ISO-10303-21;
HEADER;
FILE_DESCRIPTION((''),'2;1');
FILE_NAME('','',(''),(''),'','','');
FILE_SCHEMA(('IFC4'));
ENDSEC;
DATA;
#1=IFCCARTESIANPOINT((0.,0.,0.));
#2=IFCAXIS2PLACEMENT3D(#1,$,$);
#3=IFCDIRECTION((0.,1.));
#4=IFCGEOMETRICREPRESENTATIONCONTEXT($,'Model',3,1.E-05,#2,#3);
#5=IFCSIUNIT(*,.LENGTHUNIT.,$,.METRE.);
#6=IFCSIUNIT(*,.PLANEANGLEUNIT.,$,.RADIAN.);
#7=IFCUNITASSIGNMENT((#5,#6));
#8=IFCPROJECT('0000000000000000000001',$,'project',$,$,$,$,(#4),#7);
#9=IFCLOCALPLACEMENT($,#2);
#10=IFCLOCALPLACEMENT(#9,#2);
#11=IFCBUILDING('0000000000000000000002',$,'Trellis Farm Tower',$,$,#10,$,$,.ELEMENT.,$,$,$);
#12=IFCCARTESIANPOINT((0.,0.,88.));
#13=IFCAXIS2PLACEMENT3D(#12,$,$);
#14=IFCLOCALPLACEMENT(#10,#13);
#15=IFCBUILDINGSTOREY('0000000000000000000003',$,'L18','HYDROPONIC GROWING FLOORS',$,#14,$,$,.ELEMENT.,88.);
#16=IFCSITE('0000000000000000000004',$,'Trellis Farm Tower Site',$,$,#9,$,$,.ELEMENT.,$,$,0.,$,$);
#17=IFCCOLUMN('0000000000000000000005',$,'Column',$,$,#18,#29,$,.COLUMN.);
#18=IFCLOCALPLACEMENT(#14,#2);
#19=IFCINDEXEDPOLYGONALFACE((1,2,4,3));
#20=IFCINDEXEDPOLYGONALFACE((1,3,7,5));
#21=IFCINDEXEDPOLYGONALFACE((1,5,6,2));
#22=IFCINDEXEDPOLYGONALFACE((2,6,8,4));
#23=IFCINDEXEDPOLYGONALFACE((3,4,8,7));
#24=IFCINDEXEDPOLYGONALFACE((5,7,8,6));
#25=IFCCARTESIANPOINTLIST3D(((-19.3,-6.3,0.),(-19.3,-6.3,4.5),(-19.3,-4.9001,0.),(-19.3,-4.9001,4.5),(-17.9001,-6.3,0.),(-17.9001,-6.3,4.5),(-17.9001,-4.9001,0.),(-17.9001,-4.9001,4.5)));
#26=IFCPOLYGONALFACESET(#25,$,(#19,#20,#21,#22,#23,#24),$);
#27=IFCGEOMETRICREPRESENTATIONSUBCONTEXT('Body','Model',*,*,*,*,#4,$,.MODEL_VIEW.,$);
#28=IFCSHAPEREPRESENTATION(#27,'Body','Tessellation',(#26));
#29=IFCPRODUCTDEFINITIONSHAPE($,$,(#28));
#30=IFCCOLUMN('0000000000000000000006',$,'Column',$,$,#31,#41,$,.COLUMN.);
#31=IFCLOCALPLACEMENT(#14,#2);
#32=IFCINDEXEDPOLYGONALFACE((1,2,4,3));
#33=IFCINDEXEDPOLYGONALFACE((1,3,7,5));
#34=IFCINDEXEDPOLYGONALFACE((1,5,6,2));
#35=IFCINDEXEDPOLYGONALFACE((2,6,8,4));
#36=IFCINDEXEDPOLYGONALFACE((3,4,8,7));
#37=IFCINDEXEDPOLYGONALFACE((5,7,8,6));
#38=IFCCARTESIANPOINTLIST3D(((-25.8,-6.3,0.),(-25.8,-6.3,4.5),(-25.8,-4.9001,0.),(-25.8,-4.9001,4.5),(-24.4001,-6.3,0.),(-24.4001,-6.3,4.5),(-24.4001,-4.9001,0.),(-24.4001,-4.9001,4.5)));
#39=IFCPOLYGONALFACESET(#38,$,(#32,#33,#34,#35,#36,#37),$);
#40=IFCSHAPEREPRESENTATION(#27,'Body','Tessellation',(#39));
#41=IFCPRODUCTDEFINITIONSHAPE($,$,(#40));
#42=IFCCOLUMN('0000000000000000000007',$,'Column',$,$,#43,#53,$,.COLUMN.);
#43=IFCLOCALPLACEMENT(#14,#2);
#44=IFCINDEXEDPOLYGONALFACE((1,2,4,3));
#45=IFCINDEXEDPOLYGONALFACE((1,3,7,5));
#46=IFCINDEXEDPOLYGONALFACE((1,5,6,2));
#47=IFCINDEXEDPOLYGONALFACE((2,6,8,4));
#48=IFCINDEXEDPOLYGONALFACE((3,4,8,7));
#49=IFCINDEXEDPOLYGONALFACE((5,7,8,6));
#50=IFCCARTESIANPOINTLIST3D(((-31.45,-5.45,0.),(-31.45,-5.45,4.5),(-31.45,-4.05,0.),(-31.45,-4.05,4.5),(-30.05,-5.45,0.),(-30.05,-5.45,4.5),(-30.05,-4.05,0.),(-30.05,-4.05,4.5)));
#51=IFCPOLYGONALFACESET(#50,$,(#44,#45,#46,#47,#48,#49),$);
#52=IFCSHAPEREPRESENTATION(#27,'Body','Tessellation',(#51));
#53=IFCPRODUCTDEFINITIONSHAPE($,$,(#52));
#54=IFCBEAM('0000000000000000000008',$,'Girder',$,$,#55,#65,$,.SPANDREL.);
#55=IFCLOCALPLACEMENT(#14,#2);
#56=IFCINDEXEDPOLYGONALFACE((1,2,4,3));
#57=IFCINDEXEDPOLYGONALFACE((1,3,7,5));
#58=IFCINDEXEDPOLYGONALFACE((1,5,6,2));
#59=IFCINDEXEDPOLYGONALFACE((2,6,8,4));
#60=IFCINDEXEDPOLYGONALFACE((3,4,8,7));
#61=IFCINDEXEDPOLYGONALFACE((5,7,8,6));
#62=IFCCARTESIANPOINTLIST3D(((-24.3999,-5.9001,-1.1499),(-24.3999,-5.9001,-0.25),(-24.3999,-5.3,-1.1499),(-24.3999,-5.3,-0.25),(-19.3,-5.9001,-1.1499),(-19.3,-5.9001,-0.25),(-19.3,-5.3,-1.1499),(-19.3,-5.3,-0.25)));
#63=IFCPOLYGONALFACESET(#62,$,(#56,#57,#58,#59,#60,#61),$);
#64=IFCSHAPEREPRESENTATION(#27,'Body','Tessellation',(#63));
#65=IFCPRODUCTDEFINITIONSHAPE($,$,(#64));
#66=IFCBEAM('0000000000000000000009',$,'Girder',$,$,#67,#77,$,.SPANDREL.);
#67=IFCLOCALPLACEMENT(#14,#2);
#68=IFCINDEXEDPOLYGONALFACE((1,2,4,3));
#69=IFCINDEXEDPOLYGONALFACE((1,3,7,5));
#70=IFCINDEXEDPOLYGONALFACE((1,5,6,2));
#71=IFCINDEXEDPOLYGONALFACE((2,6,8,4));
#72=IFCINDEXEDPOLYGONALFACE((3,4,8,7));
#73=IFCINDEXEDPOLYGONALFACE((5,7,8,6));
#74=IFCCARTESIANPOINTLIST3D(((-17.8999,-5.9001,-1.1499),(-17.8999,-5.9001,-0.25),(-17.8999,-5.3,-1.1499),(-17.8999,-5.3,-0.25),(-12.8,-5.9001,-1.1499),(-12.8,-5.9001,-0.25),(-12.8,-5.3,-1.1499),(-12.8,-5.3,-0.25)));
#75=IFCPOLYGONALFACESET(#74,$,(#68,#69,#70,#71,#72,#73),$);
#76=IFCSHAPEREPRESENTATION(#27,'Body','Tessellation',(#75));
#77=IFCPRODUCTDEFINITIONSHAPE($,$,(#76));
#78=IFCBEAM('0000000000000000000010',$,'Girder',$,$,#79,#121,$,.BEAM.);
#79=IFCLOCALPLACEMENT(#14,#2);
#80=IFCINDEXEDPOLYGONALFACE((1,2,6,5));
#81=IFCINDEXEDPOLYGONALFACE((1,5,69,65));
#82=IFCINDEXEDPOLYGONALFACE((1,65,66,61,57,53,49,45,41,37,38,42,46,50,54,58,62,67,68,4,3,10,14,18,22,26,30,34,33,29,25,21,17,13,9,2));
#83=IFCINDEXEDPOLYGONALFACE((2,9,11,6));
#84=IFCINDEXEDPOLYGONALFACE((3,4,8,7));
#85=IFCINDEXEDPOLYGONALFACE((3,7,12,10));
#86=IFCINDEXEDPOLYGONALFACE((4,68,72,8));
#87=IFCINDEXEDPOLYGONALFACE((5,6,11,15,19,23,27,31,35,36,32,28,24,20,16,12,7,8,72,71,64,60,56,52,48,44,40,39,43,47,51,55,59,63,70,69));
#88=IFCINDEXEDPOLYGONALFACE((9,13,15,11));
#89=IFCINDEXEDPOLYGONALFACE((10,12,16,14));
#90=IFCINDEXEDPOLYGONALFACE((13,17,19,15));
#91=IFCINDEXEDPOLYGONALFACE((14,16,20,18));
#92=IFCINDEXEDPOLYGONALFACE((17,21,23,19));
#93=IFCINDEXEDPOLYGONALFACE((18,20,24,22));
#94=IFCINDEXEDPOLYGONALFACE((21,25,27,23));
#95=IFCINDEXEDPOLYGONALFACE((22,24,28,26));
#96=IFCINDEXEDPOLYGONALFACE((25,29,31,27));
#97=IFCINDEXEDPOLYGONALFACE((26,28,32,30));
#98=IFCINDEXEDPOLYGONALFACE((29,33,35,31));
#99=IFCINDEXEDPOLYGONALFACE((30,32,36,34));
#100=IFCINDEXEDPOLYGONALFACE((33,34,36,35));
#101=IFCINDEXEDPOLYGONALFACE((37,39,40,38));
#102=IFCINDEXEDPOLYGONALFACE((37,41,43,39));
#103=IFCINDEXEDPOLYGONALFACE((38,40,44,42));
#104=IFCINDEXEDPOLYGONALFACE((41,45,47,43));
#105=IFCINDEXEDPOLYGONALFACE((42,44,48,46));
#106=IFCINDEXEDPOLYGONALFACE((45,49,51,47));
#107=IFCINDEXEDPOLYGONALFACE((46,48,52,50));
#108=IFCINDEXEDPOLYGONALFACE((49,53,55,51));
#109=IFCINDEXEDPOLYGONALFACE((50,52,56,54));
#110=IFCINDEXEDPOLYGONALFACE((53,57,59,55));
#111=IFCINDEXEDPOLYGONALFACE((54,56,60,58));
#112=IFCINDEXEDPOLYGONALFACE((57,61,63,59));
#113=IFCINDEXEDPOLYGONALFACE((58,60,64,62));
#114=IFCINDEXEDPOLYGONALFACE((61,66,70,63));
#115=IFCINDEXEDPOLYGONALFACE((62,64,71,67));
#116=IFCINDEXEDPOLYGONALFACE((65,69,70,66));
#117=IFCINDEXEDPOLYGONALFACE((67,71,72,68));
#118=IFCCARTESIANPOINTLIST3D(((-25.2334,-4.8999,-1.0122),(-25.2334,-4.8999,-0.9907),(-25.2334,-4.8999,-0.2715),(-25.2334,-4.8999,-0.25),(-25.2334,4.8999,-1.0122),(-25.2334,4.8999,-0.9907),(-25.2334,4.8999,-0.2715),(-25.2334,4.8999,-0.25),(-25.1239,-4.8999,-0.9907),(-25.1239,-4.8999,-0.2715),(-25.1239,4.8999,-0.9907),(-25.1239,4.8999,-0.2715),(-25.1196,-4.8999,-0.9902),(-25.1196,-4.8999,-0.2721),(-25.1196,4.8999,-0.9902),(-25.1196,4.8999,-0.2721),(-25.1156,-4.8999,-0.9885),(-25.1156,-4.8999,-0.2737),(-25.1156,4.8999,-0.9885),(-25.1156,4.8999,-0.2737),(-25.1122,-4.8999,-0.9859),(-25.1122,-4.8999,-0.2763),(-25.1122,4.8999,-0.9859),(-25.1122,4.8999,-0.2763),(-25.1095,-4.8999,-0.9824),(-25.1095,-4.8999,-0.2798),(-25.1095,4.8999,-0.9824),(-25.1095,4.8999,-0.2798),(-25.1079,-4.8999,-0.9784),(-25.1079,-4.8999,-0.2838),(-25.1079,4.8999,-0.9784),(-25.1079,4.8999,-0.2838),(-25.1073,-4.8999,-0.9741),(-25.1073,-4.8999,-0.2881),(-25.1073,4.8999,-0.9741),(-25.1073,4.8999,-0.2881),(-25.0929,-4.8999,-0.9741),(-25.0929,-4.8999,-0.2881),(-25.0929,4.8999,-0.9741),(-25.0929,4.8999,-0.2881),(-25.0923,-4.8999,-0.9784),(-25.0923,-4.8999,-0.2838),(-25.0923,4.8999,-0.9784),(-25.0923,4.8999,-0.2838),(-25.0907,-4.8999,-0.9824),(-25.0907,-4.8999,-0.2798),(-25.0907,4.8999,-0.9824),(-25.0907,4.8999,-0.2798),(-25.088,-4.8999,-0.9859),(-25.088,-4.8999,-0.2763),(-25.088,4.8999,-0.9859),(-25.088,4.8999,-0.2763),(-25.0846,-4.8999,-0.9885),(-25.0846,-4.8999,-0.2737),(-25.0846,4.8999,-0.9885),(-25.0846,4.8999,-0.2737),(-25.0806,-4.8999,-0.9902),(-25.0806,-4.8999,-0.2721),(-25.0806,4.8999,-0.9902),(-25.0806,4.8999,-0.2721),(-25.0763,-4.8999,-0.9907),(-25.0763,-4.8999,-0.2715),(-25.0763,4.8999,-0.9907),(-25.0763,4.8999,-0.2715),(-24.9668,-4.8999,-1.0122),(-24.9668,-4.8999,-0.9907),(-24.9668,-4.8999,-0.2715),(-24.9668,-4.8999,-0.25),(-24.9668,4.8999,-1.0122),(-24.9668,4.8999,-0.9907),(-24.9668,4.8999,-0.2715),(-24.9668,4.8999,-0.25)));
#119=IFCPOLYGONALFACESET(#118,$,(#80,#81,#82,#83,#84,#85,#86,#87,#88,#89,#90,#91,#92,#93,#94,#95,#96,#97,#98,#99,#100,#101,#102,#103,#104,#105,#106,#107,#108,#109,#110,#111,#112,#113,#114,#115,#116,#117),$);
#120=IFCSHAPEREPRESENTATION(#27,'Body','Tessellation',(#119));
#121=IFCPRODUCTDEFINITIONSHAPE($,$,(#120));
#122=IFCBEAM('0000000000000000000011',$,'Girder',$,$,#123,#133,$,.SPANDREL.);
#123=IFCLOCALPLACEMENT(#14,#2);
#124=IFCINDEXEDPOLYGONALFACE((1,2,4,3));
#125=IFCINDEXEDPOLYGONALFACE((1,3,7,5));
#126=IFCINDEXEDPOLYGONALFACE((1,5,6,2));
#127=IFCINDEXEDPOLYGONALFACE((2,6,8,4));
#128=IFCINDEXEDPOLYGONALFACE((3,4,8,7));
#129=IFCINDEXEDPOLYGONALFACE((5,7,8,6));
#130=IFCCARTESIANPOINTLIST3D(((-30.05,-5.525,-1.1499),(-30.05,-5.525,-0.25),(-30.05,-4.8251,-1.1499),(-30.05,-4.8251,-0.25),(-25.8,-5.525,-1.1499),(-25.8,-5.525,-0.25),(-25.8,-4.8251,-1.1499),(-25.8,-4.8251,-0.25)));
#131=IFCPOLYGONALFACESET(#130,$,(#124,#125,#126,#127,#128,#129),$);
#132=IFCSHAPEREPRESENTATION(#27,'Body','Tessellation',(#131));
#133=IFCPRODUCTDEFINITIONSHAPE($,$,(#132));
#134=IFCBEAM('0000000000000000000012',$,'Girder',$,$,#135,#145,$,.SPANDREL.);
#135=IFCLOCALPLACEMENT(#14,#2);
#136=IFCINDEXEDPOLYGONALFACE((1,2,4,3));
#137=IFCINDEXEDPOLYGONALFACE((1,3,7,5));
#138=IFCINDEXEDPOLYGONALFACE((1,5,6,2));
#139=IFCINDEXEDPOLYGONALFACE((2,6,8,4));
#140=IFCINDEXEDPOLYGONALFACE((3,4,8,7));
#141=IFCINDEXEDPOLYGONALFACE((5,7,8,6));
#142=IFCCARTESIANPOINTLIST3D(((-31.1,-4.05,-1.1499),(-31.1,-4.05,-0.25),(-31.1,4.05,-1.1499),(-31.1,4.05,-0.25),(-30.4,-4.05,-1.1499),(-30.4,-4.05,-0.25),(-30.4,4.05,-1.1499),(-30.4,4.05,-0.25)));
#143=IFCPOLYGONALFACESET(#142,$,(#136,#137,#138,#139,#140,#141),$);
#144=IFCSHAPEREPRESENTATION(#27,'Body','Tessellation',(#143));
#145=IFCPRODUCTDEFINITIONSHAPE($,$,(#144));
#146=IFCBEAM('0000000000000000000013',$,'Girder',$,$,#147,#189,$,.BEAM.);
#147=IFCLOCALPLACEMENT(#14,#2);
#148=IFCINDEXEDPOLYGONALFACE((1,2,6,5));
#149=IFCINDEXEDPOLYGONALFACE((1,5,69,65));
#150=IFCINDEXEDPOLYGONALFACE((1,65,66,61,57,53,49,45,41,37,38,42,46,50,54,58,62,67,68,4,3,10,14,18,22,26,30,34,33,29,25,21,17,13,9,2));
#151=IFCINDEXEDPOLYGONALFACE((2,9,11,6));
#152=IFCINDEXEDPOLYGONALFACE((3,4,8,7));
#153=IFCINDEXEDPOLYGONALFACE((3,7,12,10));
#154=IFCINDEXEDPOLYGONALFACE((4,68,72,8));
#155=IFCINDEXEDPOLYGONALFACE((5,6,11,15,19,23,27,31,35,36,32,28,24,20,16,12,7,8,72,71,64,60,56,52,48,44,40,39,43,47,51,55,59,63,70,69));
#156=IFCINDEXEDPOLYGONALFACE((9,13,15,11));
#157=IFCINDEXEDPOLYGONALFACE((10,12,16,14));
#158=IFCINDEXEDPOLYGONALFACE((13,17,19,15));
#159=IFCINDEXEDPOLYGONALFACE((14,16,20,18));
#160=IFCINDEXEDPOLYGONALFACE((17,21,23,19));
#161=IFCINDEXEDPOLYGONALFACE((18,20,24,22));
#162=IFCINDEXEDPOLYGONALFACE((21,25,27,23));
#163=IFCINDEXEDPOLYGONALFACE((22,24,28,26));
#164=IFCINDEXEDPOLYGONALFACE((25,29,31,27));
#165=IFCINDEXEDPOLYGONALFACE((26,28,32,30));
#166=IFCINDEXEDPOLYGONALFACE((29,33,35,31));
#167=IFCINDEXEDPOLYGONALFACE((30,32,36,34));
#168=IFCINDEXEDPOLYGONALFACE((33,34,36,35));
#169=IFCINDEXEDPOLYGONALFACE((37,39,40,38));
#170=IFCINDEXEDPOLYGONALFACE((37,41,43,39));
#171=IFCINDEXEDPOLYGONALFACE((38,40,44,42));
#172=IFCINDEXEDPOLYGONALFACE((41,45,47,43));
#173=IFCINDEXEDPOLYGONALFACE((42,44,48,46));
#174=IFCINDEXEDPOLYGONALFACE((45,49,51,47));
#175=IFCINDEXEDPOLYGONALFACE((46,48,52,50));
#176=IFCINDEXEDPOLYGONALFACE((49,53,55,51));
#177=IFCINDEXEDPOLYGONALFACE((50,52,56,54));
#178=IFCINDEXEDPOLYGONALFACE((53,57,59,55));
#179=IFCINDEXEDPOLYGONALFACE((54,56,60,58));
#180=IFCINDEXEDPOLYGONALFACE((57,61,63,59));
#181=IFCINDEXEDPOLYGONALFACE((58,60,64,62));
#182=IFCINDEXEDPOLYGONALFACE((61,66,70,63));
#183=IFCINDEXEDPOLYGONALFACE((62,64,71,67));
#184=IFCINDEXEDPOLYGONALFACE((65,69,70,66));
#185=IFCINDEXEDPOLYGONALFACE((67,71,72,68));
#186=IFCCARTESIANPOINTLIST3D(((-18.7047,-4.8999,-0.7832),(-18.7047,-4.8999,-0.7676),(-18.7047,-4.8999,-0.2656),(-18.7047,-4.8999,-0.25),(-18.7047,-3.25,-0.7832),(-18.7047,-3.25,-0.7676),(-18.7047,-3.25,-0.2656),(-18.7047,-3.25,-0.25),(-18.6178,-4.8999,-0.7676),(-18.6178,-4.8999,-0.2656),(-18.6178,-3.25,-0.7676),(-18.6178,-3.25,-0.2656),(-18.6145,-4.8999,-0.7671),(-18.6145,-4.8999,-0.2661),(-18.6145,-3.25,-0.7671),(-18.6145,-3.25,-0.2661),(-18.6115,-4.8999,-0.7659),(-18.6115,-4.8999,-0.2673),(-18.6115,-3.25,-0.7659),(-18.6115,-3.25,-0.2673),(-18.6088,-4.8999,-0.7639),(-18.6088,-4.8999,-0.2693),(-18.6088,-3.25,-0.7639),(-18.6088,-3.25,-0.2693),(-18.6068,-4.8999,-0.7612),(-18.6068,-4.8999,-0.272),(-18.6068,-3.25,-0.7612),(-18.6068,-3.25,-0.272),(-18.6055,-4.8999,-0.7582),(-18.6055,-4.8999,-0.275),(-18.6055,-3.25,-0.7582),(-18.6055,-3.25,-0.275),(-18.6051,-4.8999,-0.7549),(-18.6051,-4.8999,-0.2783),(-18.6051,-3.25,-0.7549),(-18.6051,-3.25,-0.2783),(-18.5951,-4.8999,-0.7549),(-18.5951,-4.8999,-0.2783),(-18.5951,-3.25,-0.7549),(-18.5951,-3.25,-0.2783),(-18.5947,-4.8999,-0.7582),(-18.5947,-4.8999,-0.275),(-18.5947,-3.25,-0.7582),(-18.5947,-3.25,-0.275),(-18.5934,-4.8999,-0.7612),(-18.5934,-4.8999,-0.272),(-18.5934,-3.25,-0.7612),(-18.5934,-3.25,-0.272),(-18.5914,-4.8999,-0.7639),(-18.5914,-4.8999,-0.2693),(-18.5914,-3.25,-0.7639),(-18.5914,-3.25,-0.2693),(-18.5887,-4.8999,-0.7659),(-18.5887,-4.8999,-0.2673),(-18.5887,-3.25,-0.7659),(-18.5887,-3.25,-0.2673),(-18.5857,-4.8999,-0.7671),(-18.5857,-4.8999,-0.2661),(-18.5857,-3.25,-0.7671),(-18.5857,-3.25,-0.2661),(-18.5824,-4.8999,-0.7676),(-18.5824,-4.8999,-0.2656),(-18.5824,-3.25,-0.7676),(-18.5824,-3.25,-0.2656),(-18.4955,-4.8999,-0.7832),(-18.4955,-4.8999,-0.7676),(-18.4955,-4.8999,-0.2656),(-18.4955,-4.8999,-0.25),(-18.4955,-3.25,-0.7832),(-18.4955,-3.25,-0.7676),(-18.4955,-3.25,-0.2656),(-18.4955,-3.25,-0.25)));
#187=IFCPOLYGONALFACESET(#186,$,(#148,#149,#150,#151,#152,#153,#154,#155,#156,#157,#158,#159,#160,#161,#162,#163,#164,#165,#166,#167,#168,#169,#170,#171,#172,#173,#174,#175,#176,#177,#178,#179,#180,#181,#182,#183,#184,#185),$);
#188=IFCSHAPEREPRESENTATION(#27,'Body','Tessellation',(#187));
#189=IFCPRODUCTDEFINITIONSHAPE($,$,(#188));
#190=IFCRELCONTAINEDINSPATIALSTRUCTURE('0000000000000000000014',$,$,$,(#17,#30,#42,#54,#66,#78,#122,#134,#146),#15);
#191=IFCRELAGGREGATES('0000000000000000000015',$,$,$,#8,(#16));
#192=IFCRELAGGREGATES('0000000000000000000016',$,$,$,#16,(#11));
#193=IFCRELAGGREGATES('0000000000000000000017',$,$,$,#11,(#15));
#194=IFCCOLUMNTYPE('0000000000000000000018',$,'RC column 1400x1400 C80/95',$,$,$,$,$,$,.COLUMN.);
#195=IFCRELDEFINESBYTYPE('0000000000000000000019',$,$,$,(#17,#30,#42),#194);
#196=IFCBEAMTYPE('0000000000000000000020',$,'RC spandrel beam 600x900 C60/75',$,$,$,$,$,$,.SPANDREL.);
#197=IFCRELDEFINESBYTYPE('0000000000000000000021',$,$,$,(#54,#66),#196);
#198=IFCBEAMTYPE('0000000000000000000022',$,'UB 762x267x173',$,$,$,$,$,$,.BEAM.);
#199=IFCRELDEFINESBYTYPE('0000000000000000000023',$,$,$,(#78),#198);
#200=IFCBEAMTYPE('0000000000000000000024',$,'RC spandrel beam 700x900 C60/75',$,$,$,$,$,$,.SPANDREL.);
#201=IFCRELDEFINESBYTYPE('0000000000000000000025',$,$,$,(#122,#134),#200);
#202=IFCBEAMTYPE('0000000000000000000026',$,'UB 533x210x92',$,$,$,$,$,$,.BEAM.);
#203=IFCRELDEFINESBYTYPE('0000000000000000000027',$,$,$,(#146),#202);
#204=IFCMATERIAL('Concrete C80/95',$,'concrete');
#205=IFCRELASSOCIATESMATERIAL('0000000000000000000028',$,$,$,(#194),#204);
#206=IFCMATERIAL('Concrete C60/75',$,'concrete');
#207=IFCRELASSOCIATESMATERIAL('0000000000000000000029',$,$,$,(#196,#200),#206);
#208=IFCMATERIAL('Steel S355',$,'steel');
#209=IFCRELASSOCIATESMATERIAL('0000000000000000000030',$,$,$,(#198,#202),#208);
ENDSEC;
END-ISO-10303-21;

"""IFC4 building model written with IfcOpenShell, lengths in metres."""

from ifc_helpers import new_model, si_unit, direction, frame, origin, origin_2d, place, context, subcontext, project, spatial, rectangle, i_section, extrude, source, transform, mapped, material, material_profile, profile_set, type_object, element, save


model = new_model("IFC4")

# Units and contexts
model_context = context("Model", 3, precision=1e-05, world=origin(), true_north=direction((0.0, 1.0)))
body_context = subcontext(model_context, "Body", "Model", "MODEL_VIEW")
ifc_project = project(units=[si_unit("LENGTHUNIT", "METRE"), si_unit("PLANEANGLEUNIT", "RADIAN")], contexts=[model_context])

# Site, building, storey
site_placement = place(None, origin())
site = spatial("IfcSite", under=ifc_project, at=site_placement, Name="Trellis Farm Tower Site", CompositionType="ELEMENT", RefElevation=0.0)
building_placement = place(site_placement, origin())
building = spatial("IfcBuilding", under=site, at=building_placement, Name="Trellis Farm Tower", CompositionType="ELEMENT")
storey_placement = place(building_placement, frame((0.0, 0.0, 88.0)))
storey = spatial("IfcBuildingStorey", under=building, at=storey_placement, Name="L18", Description="HYDROPONIC GROWING FLOORS", CompositionType="ELEMENT", Elevation=88.0)

# Columns
ifc_material_1 = material(Name="Concrete C80/95", Category="concrete")
ifc_material_profile_1 = material_profile(ifc_material_1, rectangle(XDim=1.3999, YDim=1.3999, at=origin_2d()), Name="RC column 1400x1400 C80/95")
ifc_profile_set_1 = profile_set([ifc_material_profile_1], Name="Concrete C80/95")
column_type = type_object("IfcColumnType", Name="RC column 1400x1400 C80/95", PredefinedType="COLUMN", material=ifc_profile_set_1)
shared_shape_1 = source(origin(), body_context, "Body", "SweptSolid", [
    extrude(rectangle(XDim=1.3999, YDim=1.3999, at=origin_2d()), origin(), (0.0, 0.0, 1.0), 4.5),
])
for number, where, z_axis, x_axis, name in (
    (1, (-18.6001, -5.6001, 0.0), (0.0, 0.0, 1.0), (1.0, 0.0, 0.0), "Column"),
    (2, (-25.1001, -5.6001, 0.0), (0.0, 0.0, 1.0), (1.0, 0.0, 0.0), "Column"),
    (3, (-30.75, -4.75, 0.0), (0.0, 0.0, 1.0), (1.0, 0.0, 0.0), "Column"),
):
    element("IfcColumn", number, at=place(storey_placement, frame(where, z_axis=z_axis, x_axis=x_axis)), inside=storey, type_object=column_type, Name=name, PredefinedType="COLUMN", context=body_context, shape_type="MappedRepresentation", body=[
        mapped(shared_shape_1, transform((0.0, 0.0, 0.0))),
    ])

# Beams
ifc_material_2 = material(Name="Concrete C60/75", Category="concrete")
ifc_material_profile_2 = material_profile(ifc_material_2, rectangle(XDim=0.6001, YDim=0.8999, at=origin_2d()), Name="RC spandrel beam 600x900 C60/75")
ifc_profile_set_2 = profile_set([ifc_material_profile_2], Name="Concrete C60/75")
beam_type_1 = type_object("IfcBeamType", Name="RC spandrel beam 600x900 C60/75", PredefinedType="SPANDREL", material=ifc_profile_set_2)
shared_shape_2 = source(origin(), body_context, "Body", "SweptSolid", [
    extrude(rectangle(XDim=0.6001, YDim=0.8999, at=origin_2d()), origin(), (0.0, 0.0, 1.0), 5.0999),
])
for number, where, z_axis, x_axis, name in (
    (4, (-24.3999, -5.6001, -0.7), (1.0, 0.0, 0.0), (0.0, 1.0, 0.0), "Girder"),
    (5, (-17.8999, -5.6001, -0.7), (1.0, 0.0, 0.0), (0.0, 1.0, 0.0), "Girder"),
):
    element("IfcBeam", number, at=place(storey_placement, frame(where, z_axis=z_axis, x_axis=x_axis)), inside=storey, type_object=beam_type_1, Name=name, PredefinedType="SPANDREL", context=body_context, shape_type="MappedRepresentation", body=[
        mapped(shared_shape_2, transform((0.0, 0.0, 0.0))),
    ])
ifc_material_3 = material(Name="Steel S355", Category="steel")
ifc_material_profile_3 = material_profile(ifc_material_3, i_section(OverallWidth=0.2666, OverallDepth=0.7622, WebThickness=0.0144, FlangeThickness=0.0215, FilletRadius=0.0166, at=origin_2d()), Name="UB 762x267x173")
ifc_profile_set_3 = profile_set([ifc_material_profile_3], Name="Steel S355")
beam_type_2 = type_object("IfcBeamType", Name="UB 762x267x173", PredefinedType="BEAM", material=ifc_profile_set_3)
shared_shape_3 = source(origin(), body_context, "Body", "SweptSolid", [
    extrude(i_section(OverallWidth=0.2666, OverallDepth=0.7622, WebThickness=0.0144, FlangeThickness=0.0215, FilletRadius=0.0166, at=origin_2d()), origin(), (0.0, 0.0, 1.0), 9.7998),
])
beam_1_placement = place(storey_placement, frame((-25.1001, -4.8999, -0.6311), z_axis=(0.0, 1.0, 0.0), x_axis=(-1.0, 0.0, 0.0)))
element("IfcBeam", 6, at=beam_1_placement, inside=storey, type_object=beam_type_2, Name="Girder", PredefinedType="BEAM", context=body_context, shape_type="MappedRepresentation", body=[
    mapped(shared_shape_3, transform((0.0, 0.0, 0.0))),
])
ifc_material_profile_4 = material_profile(ifc_material_2, rectangle(XDim=0.7, YDim=0.8999, at=origin_2d()), Name="RC spandrel beam 700x900 C60/75")
ifc_profile_set_4 = profile_set([ifc_material_profile_4], Name="Concrete C60/75")
beam_type_3 = type_object("IfcBeamType", Name="RC spandrel beam 700x900 C60/75", PredefinedType="SPANDREL", material=ifc_profile_set_4)
shared_shape_4 = source(origin(), body_context, "Body", "SweptSolid", [
    extrude(rectangle(XDim=0.7, YDim=0.8999, at=origin_2d()), origin(), (0.0, 0.0, 1.0), 4.25),
])
beam_2_placement = place(storey_placement, frame((-30.05, -5.175, -0.7), z_axis=(1.0, 0.0, 0.0), x_axis=(0.0, 1.0, 0.0)))
element("IfcBeam", 7, at=beam_2_placement, inside=storey, type_object=beam_type_3, Name="Girder", PredefinedType="SPANDREL", context=body_context, shape_type="MappedRepresentation", body=[
    mapped(shared_shape_4, transform((0.0, 0.0, 0.0))),
])
shared_shape_5 = source(origin(), body_context, "Body", "SweptSolid", [
    extrude(rectangle(XDim=0.7, YDim=0.8999, at=origin_2d()), origin(), (0.0, 0.0, 1.0), 8.1001),
])
beam_3_placement = place(storey_placement, frame((-30.75, -4.05, -0.7), z_axis=(0.0, 1.0, 0.0), x_axis=(-1.0, 0.0, 0.0)))
element("IfcBeam", 8, at=beam_3_placement, inside=storey, type_object=beam_type_3, Name="Girder", PredefinedType="SPANDREL", context=body_context, shape_type="MappedRepresentation", body=[
    mapped(shared_shape_5, transform((0.0, 0.0, 0.0))),
])
ifc_material_profile_5 = material_profile(ifc_material_3, i_section(OverallWidth=0.2092, OverallDepth=0.5332, WebThickness=0.01, FlangeThickness=0.0156, FilletRadius=0.0127, at=origin_2d()), Name="UB 533x210x92")
ifc_profile_set_5 = profile_set([ifc_material_profile_5], Name="Steel S355")
beam_type_4 = type_object("IfcBeamType", Name="UB 533x210x92", PredefinedType="BEAM", material=ifc_profile_set_5)
shared_shape_6 = source(origin(), body_context, "Body", "SweptSolid", [
    extrude(i_section(OverallWidth=0.2092, OverallDepth=0.5332, WebThickness=0.01, FlangeThickness=0.0156, FilletRadius=0.0127, at=origin_2d()), origin(), (0.0, 0.0, 1.0), 1.6499),
])
beam_4_placement = place(storey_placement, frame((-18.6001, -4.8999, -0.5166), z_axis=(0.0, 1.0, 0.0), x_axis=(-1.0, 0.0, 0.0)))
element("IfcBeam", 9, at=beam_4_placement, inside=storey, type_object=beam_type_4, Name="Girder", PredefinedType="BEAM", context=body_context, shape_type="MappedRepresentation", body=[
    mapped(shared_shape_6, transform((0.0, 0.0, 0.0))),
])

save(model, "model.ifc")
